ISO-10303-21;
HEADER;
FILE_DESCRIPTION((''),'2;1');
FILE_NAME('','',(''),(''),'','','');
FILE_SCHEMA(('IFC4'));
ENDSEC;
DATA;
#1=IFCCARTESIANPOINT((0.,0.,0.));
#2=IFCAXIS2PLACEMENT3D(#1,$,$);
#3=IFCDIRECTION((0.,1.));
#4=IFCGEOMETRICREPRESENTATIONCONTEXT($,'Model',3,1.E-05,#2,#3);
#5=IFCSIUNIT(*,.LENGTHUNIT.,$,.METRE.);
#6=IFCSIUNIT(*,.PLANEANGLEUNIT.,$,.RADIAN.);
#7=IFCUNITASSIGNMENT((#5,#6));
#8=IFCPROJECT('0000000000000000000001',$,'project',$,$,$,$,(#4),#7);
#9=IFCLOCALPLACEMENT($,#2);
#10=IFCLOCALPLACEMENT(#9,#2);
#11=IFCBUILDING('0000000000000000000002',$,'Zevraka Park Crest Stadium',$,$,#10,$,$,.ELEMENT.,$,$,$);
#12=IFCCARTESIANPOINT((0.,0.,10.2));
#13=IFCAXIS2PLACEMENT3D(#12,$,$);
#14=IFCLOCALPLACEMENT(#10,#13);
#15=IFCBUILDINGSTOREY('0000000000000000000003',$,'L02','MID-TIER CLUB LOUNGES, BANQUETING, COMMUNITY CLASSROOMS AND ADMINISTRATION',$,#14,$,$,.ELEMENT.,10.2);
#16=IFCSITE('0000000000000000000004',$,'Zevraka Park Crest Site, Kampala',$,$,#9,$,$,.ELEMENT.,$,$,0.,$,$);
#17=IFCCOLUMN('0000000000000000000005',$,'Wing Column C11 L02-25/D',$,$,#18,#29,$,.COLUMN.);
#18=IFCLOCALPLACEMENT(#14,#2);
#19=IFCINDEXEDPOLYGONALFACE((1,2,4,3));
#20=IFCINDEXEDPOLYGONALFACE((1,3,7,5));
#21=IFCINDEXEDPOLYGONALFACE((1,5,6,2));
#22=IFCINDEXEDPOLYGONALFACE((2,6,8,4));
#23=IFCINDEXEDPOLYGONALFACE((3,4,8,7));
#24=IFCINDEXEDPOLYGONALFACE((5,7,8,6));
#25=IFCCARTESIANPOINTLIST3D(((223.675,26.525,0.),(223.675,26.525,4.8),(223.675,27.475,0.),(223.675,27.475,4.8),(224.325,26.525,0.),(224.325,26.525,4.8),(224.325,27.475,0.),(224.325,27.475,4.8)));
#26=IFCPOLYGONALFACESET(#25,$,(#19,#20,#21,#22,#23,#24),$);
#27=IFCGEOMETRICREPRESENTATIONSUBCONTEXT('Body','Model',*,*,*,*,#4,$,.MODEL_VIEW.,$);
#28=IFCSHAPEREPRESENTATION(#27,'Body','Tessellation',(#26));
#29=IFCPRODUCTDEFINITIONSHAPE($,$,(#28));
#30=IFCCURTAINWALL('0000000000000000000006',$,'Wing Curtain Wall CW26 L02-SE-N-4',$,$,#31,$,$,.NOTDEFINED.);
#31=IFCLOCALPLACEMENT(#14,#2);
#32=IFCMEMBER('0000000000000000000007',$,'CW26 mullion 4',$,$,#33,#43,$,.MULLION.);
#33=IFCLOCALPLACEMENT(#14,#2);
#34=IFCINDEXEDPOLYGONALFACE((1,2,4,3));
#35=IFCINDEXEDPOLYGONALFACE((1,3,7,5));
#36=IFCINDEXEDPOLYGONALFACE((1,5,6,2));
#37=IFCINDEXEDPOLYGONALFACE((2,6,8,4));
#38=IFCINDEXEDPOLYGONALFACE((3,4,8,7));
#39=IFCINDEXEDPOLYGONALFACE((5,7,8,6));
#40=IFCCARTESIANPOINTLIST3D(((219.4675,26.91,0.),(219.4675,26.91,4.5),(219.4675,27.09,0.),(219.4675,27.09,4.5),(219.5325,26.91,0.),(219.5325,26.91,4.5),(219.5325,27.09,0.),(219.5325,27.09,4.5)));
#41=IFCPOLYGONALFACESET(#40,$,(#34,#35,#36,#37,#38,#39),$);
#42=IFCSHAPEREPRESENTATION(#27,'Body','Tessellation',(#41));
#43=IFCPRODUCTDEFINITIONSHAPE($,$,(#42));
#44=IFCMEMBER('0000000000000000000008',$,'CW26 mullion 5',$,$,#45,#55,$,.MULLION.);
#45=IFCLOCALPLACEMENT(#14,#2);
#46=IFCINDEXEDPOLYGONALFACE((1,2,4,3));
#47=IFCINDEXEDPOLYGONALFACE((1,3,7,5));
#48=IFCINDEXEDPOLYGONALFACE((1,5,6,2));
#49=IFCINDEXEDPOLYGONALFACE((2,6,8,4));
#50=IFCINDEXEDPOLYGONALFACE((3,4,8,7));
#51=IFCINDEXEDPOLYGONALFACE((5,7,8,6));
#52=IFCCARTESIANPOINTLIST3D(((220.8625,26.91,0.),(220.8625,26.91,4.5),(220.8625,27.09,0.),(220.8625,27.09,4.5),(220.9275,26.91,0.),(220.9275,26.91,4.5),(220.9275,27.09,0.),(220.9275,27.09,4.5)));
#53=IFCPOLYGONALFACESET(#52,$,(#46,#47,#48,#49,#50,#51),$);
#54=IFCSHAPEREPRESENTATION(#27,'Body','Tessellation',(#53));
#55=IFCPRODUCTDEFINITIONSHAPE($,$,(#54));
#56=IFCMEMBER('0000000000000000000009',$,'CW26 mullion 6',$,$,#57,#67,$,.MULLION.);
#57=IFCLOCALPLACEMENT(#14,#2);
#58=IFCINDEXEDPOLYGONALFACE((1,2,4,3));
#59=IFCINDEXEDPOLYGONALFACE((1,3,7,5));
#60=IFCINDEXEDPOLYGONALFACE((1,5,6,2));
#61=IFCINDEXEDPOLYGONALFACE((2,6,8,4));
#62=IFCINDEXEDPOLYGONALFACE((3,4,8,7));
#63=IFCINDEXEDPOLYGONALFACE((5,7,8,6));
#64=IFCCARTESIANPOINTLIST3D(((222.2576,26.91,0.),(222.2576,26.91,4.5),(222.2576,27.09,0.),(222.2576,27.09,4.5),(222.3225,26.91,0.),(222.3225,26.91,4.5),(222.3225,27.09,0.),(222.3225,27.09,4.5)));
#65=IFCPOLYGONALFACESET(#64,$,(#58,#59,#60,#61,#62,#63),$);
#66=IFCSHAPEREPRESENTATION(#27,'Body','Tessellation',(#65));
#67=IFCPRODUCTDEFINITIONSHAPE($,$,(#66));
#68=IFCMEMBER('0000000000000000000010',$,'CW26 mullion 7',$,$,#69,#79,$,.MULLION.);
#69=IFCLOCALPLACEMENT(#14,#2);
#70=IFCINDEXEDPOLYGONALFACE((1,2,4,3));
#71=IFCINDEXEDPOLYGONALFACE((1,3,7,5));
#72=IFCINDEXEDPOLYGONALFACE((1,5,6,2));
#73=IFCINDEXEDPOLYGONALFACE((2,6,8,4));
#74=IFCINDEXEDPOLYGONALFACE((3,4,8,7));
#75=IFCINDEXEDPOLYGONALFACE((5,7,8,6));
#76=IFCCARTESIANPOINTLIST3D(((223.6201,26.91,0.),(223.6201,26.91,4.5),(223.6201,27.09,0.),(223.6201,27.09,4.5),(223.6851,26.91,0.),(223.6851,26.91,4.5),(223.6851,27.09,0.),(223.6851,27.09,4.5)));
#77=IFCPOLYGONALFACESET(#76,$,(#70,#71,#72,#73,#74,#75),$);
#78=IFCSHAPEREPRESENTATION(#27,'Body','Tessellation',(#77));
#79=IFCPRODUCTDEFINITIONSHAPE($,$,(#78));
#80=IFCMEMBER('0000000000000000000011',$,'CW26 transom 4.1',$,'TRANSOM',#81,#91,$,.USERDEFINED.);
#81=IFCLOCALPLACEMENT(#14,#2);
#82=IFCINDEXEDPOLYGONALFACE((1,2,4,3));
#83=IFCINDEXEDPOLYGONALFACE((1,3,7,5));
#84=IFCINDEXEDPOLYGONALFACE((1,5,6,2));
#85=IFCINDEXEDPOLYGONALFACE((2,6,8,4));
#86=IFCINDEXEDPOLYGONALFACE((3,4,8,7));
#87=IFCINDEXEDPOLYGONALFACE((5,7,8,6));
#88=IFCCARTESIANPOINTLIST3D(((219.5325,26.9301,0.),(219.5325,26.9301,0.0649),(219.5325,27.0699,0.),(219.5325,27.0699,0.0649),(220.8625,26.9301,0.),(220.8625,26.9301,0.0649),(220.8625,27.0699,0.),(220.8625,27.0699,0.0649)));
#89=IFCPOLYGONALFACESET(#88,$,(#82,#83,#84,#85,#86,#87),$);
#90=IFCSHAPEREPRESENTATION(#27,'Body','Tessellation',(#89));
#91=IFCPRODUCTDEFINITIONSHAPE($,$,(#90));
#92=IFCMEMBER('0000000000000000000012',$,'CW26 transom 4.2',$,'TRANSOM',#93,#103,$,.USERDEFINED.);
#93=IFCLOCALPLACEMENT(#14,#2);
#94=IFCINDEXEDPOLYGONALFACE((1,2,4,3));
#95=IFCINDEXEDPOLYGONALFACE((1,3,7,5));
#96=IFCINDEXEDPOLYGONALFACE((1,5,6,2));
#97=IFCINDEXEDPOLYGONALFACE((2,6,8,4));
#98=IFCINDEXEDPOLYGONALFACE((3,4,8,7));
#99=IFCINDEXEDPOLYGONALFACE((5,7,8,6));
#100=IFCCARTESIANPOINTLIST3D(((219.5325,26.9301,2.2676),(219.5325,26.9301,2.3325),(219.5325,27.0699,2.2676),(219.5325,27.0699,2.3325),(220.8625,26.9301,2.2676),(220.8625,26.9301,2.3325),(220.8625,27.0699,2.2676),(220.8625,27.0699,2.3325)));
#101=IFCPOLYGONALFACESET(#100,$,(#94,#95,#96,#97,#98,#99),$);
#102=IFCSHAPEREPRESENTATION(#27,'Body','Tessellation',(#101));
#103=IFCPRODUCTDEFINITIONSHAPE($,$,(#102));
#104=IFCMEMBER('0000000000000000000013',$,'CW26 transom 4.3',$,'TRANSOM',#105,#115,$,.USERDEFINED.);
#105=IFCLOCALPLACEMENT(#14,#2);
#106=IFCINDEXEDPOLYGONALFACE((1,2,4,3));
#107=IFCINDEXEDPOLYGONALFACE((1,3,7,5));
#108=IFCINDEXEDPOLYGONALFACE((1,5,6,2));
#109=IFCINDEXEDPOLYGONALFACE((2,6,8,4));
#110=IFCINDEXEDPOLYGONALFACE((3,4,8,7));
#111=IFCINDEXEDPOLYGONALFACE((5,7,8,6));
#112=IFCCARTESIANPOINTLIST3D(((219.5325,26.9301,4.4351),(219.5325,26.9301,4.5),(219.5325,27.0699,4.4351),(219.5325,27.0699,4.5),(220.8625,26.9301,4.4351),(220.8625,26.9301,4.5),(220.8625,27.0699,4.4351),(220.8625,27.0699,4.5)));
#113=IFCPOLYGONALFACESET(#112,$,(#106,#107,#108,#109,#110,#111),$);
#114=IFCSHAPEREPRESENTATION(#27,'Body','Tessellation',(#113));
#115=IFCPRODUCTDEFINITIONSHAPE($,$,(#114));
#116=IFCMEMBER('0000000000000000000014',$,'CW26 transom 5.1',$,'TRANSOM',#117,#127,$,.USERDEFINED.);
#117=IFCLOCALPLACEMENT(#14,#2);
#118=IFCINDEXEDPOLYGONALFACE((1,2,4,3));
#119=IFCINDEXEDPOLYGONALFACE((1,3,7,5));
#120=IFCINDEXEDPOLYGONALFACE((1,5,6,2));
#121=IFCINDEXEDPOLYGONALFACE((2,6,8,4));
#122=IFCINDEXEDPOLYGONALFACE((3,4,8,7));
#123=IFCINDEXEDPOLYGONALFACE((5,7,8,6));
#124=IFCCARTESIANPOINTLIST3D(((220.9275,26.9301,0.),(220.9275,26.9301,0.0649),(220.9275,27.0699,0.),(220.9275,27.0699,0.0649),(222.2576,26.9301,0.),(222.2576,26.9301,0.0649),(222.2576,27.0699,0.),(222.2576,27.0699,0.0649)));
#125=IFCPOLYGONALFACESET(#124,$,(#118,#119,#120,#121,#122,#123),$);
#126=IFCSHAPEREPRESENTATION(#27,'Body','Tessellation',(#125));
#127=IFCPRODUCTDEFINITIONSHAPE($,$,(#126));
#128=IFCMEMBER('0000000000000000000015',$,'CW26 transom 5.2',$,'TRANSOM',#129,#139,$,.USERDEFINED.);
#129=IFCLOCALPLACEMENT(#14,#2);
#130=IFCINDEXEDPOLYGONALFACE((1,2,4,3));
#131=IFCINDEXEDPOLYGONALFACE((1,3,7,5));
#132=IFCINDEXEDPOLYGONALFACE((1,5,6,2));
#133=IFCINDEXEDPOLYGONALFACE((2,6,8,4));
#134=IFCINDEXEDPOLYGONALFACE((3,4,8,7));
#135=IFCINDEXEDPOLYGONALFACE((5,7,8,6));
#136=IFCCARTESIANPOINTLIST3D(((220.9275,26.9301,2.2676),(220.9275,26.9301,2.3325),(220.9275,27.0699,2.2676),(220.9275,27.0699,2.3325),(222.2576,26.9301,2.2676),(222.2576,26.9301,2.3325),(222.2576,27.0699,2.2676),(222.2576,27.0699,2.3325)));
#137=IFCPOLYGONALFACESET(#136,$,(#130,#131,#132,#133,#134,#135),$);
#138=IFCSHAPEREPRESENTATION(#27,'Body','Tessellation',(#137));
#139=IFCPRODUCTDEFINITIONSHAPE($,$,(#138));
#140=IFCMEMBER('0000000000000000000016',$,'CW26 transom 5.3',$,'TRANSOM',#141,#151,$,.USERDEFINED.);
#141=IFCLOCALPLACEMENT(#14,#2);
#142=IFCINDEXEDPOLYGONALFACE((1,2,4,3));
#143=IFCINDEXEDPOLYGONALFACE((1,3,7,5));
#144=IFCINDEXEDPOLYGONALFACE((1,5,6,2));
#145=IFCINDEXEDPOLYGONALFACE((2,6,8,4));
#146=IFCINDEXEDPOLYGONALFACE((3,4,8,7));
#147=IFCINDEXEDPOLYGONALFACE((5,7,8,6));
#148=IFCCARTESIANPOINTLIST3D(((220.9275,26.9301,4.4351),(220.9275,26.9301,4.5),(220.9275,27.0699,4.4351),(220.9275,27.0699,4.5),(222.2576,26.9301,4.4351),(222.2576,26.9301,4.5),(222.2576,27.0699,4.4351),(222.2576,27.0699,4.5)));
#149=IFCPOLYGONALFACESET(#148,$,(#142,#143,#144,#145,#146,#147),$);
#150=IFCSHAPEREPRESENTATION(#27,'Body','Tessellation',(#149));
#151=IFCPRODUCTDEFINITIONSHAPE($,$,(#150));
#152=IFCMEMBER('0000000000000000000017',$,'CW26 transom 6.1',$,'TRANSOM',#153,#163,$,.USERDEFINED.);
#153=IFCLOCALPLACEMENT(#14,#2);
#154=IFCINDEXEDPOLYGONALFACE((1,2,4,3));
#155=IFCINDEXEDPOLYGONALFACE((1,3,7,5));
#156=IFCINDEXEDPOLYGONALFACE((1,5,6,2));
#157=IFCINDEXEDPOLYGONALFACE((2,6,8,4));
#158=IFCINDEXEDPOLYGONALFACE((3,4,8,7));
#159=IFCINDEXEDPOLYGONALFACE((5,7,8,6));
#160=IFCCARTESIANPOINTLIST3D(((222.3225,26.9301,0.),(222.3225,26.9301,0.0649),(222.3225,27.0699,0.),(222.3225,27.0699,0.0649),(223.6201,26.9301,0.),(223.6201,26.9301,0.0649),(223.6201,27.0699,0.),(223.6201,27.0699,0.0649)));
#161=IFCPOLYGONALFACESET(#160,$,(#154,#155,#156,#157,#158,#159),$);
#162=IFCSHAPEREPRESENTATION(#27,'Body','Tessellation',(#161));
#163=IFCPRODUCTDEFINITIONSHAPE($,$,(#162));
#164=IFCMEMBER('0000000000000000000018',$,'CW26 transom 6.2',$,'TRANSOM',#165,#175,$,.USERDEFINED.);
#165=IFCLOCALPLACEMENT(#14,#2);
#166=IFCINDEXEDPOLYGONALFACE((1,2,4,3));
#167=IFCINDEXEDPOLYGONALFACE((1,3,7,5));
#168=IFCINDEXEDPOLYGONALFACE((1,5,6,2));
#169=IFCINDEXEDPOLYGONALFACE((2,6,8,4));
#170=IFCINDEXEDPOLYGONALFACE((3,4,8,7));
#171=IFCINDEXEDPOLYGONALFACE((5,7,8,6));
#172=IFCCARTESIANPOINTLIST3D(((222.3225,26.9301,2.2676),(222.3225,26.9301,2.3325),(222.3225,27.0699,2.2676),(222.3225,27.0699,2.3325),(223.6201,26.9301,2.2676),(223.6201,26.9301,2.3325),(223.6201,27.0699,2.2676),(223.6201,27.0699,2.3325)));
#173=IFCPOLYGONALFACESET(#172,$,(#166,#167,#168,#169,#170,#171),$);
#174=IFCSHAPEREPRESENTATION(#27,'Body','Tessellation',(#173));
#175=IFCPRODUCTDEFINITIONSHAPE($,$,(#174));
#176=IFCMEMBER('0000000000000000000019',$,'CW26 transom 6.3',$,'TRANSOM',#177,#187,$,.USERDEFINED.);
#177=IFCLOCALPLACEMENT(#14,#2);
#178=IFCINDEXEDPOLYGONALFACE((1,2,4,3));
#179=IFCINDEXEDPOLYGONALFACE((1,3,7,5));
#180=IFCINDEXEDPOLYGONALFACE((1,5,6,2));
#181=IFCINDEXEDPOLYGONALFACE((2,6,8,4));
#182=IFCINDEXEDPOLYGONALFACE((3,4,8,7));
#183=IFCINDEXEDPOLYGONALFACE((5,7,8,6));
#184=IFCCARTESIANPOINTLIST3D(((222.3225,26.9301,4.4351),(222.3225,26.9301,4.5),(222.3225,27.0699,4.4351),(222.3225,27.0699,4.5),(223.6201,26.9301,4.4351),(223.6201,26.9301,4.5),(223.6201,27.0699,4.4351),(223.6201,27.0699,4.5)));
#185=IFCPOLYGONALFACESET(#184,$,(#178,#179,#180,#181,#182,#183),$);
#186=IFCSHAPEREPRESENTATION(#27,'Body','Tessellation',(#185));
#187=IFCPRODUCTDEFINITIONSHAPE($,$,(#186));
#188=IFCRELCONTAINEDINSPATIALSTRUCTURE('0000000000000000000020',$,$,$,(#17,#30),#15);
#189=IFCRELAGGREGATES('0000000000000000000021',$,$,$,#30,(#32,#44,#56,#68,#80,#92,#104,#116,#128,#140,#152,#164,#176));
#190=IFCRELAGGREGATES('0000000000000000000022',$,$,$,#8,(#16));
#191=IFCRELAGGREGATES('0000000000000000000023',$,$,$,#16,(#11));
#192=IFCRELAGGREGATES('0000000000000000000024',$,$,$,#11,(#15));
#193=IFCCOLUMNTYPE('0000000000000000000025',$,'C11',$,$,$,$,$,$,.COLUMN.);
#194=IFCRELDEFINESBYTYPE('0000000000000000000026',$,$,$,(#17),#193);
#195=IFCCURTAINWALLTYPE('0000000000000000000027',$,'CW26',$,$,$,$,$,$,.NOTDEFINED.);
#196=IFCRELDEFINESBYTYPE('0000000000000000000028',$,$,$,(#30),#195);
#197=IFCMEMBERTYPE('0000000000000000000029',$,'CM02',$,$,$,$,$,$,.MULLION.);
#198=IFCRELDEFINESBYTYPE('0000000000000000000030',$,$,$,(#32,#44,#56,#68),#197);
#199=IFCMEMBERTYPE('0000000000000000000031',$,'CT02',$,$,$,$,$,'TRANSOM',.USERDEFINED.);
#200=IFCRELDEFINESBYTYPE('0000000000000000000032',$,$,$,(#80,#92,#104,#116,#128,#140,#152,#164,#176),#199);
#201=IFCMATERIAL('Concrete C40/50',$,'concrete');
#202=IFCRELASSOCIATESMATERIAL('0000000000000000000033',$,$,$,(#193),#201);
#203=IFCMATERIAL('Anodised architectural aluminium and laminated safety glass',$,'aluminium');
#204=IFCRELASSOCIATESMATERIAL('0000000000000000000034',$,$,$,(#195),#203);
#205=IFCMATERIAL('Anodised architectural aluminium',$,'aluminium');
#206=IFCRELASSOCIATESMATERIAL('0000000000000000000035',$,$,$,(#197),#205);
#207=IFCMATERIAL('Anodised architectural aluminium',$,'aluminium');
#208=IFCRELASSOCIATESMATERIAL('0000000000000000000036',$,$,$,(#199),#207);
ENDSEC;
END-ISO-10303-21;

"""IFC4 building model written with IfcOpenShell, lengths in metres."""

from ifc_helpers import new_model, si_unit, direction, frame, origin, origin_2d, place, context, subcontext, project, spatial, rectangle, extrude, material, material_profile, profile_set, type_object, element, aggregate, save


model = new_model("IFC4")

# Units and contexts
model_context = context("Model", 3, precision=1e-05, world=origin(), true_north=direction((0.0, 1.0)))
body_context = subcontext(model_context, "Body", "Model", "MODEL_VIEW")
ifc_project = project(units=[si_unit("LENGTHUNIT", "METRE"), si_unit("PLANEANGLEUNIT", "RADIAN")], contexts=[model_context])

# Site, building, storey
site_placement = place(None, origin())
site = spatial("IfcSite", under=ifc_project, at=site_placement, Name="Zevraka Park Crest Site, Kampala", CompositionType="ELEMENT", RefElevation=0.0)
building_placement = place(site_placement, origin())
building = spatial("IfcBuilding", under=site, at=building_placement, Name="Zevraka Park Crest Stadium", CompositionType="ELEMENT")
storey_placement = place(building_placement, frame((0.0, 0.0, 10.2)))
storey = spatial("IfcBuildingStorey", under=building, at=storey_placement, Name="L02", Description="MID-TIER CLUB LOUNGES, BANQUETING, COMMUNITY CLASSROOMS AND ADMINISTRATION", CompositionType="ELEMENT", Elevation=10.2)

# Column
ifc_material_1 = material(Name="Concrete C40/50", Category="concrete")
ifc_material_profile_1 = material_profile(ifc_material_1, rectangle(XDim=0.6499, YDim=0.95, at=origin_2d()), Name="RC 950x650")
ifc_profile_set_1 = profile_set([ifc_material_profile_1], Name="Concrete C40/50")
column_type = type_object("IfcColumnType", Name="C11", PredefinedType="COLUMN", material=ifc_profile_set_1)
column_placement = place(storey_placement, frame((224.0, 27.0, 0.0), z_axis=(0.0, 0.0, 1.0), x_axis=(1.0, 0.0, 0.0)))
element("IfcColumn", 1, at=column_placement, inside=storey, type_object=column_type, Name="Wing Column C11 L02-25/D", PredefinedType="COLUMN", context=body_context, shape_type="SweptSolid", body=[
    extrude(rectangle(XDim=0.6499, YDim=0.95, at=origin_2d()), origin(), (0.0, 0.0, 1.0), 4.8),
])

# Curtain wall, members
ifc_material_2 = material(Name="Anodised architectural aluminium and laminated safety glass", Category="aluminium")
curtain_wall_type = type_object("IfcCurtainWallType", Name="CW26", PredefinedType="NOTDEFINED", material=ifc_material_2)
curtain_wall_placement = place(storey_placement, origin())
curtain_wall = element("IfcCurtainWall", 2, at=curtain_wall_placement, inside=storey, type_object=curtain_wall_type, Name="Wing Curtain Wall CW26 L02-SE-N-4", PredefinedType="NOTDEFINED")
ifc_material_3 = material(Name="Anodised architectural aluminium", Category="aluminium")
ifc_material_profile_2 = material_profile(ifc_material_3, rectangle(XDim=0.1799, YDim=0.0649, at=origin_2d()), Name="ALU MULLION 180x65")
ifc_profile_set_2 = profile_set([ifc_material_profile_2], Name="Anodised architectural aluminium")
member_type_1 = type_object("IfcMemberType", Name="CM02", PredefinedType="MULLION", material=ifc_profile_set_2)
member_1_placement = place(storey_placement, frame((219.5, 27.0, 0.0), z_axis=(0.0, 0.0, 1.0), x_axis=(0.0, 1.0, 0.0)))
member_1 = element("IfcMember", 3, at=member_1_placement, type_object=member_type_1, Name="CW26 mullion 4", PredefinedType="MULLION", context=body_context, shape_type="SweptSolid", body=[
    extrude(rectangle(XDim=0.1799, YDim=0.0649, at=origin_2d()), origin(), (0.0, 0.0, 1.0), 4.5),
])
member_2_placement = place(storey_placement, frame((220.895, 27.0, 0.0), z_axis=(0.0, 0.0, 1.0), x_axis=(0.0, 1.0, 0.0)))
member_2 = element("IfcMember", 4, at=member_2_placement, type_object=member_type_1, Name="CW26 mullion 5", PredefinedType="MULLION", context=body_context, shape_type="SweptSolid", body=[
    extrude(rectangle(XDim=0.1799, YDim=0.0649, at=origin_2d()), origin(), (0.0, 0.0, 1.0), 4.5),
])
member_3_placement = place(storey_placement, frame((222.29, 27.0, 0.0), z_axis=(0.0, 0.0, 1.0), x_axis=(0.0, 1.0, 0.0)))
member_3 = element("IfcMember", 5, at=member_3_placement, type_object=member_type_1, Name="CW26 mullion 6", PredefinedType="MULLION", context=body_context, shape_type="SweptSolid", body=[
    extrude(rectangle(XDim=0.1799, YDim=0.0649, at=origin_2d()), origin(), (0.0, 0.0, 1.0), 4.5),
])
member_4_placement = place(storey_placement, frame((223.6526, 27.0, 0.0), z_axis=(0.0, 0.0, 1.0), x_axis=(0.0, 1.0, 0.0)))
member_4 = element("IfcMember", 6, at=member_4_placement, type_object=member_type_1, Name="CW26 mullion 7", PredefinedType="MULLION", context=body_context, shape_type="SweptSolid", body=[
    extrude(rectangle(XDim=0.1799, YDim=0.0649, at=origin_2d()), origin(), (0.0, 0.0, 1.0), 4.5),
])
ifc_material_4 = material(Name="Anodised architectural aluminium", Category="aluminium")
ifc_material_profile_3 = material_profile(ifc_material_4, rectangle(XDim=0.1399, YDim=0.0649, at=origin_2d()), Name="ALU TRANSOM 140x65")
ifc_profile_set_3 = profile_set([ifc_material_profile_3], Name="Anodised architectural aluminium")
member_type_2 = type_object("IfcMemberType", Name="CT02", ElementType="TRANSOM", PredefinedType="USERDEFINED", material=ifc_profile_set_3)
member_5_placement = place(storey_placement, frame((219.5325, 27.0, 0.0325), z_axis=(1.0, 0.0, 0.0), x_axis=(0.0, 1.0, 0.0)))
member_5 = element("IfcMember", 7, at=member_5_placement, type_object=member_type_2, Name="CW26 transom 4.1", ObjectType="TRANSOM", PredefinedType="USERDEFINED", context=body_context, shape_type="SweptSolid", body=[
    extrude(rectangle(XDim=0.1399, YDim=0.0649, at=origin_2d()), origin(), (0.0, 0.0, 1.0), 1.3301),
])
member_6_placement = place(storey_placement, frame((219.5325, 27.0, 2.3), z_axis=(1.0, 0.0, 0.0), x_axis=(0.0, 1.0, 0.0)))
member_6 = element("IfcMember", 8, at=member_6_placement, type_object=member_type_2, Name="CW26 transom 4.2", ObjectType="TRANSOM", PredefinedType="USERDEFINED", context=body_context, shape_type="SweptSolid", body=[
    extrude(rectangle(XDim=0.1399, YDim=0.0649, at=origin_2d()), origin(), (0.0, 0.0, 1.0), 1.3301),
])
member_7_placement = place(storey_placement, frame((219.5325, 27.0, 4.4675), z_axis=(1.0, 0.0, 0.0), x_axis=(0.0, 1.0, 0.0)))
member_7 = element("IfcMember", 9, at=member_7_placement, type_object=member_type_2, Name="CW26 transom 4.3", ObjectType="TRANSOM", PredefinedType="USERDEFINED", context=body_context, shape_type="SweptSolid", body=[
    extrude(rectangle(XDim=0.1399, YDim=0.0649, at=origin_2d()), origin(), (0.0, 0.0, 1.0), 1.3301),
])
member_8_placement = place(storey_placement, frame((220.9275, 27.0, 0.0325), z_axis=(1.0, 0.0, 0.0), x_axis=(0.0, 1.0, 0.0)))
member_8 = element("IfcMember", 10, at=member_8_placement, type_object=member_type_2, Name="CW26 transom 5.1", ObjectType="TRANSOM", PredefinedType="USERDEFINED", context=body_context, shape_type="SweptSolid", body=[
    extrude(rectangle(XDim=0.1399, YDim=0.0649, at=origin_2d()), origin(), (0.0, 0.0, 1.0), 1.3301),
])
member_9_placement = place(storey_placement, frame((220.9275, 27.0, 2.3), z_axis=(1.0, 0.0, 0.0), x_axis=(0.0, 1.0, 0.0)))
member_9 = element("IfcMember", 11, at=member_9_placement, type_object=member_type_2, Name="CW26 transom 5.2", ObjectType="TRANSOM", PredefinedType="USERDEFINED", context=body_context, shape_type="SweptSolid", body=[
    extrude(rectangle(XDim=0.1399, YDim=0.0649, at=origin_2d()), origin(), (0.0, 0.0, 1.0), 1.3301),
])
member_10_placement = place(storey_placement, frame((220.9275, 27.0, 4.4675), z_axis=(1.0, 0.0, 0.0), x_axis=(0.0, 1.0, 0.0)))
member_10 = element("IfcMember", 12, at=member_10_placement, type_object=member_type_2, Name="CW26 transom 5.3", ObjectType="TRANSOM", PredefinedType="USERDEFINED", context=body_context, shape_type="SweptSolid", body=[
    extrude(rectangle(XDim=0.1399, YDim=0.0649, at=origin_2d()), origin(), (0.0, 0.0, 1.0), 1.3301),
])
member_11_placement = place(storey_placement, frame((222.3225, 27.0, 0.0325), z_axis=(1.0, 0.0, 0.0), x_axis=(0.0, 1.0, 0.0)))
member_11 = element("IfcMember", 13, at=member_11_placement, type_object=member_type_2, Name="CW26 transom 6.1", ObjectType="TRANSOM", PredefinedType="USERDEFINED", context=body_context, shape_type="SweptSolid", body=[
    extrude(rectangle(XDim=0.1399, YDim=0.0649, at=origin_2d()), origin(), (0.0, 0.0, 1.0), 1.2976),
])
member_12_placement = place(storey_placement, frame((222.3225, 27.0, 2.3), z_axis=(1.0, 0.0, 0.0), x_axis=(0.0, 1.0, 0.0)))
member_12 = element("IfcMember", 14, at=member_12_placement, type_object=member_type_2, Name="CW26 transom 6.2", ObjectType="TRANSOM", PredefinedType="USERDEFINED", context=body_context, shape_type="SweptSolid", body=[
    extrude(rectangle(XDim=0.1399, YDim=0.0649, at=origin_2d()), origin(), (0.0, 0.0, 1.0), 1.2976),
])
member_13_placement = place(storey_placement, frame((222.3225, 27.0, 4.4675), z_axis=(1.0, 0.0, 0.0), x_axis=(0.0, 1.0, 0.0)))
member_13 = element("IfcMember", 15, at=member_13_placement, type_object=member_type_2, Name="CW26 transom 6.3", ObjectType="TRANSOM", PredefinedType="USERDEFINED", context=body_context, shape_type="SweptSolid", body=[
    extrude(rectangle(XDim=0.1399, YDim=0.0649, at=origin_2d()), origin(), (0.0, 0.0, 1.0), 1.2976),
])
aggregate(curtain_wall, [member_1, member_2, member_3, member_4, member_5, member_6, member_7, member_8, member_9, member_10, member_11, member_12, member_13])

save(model, "model.ifc")
